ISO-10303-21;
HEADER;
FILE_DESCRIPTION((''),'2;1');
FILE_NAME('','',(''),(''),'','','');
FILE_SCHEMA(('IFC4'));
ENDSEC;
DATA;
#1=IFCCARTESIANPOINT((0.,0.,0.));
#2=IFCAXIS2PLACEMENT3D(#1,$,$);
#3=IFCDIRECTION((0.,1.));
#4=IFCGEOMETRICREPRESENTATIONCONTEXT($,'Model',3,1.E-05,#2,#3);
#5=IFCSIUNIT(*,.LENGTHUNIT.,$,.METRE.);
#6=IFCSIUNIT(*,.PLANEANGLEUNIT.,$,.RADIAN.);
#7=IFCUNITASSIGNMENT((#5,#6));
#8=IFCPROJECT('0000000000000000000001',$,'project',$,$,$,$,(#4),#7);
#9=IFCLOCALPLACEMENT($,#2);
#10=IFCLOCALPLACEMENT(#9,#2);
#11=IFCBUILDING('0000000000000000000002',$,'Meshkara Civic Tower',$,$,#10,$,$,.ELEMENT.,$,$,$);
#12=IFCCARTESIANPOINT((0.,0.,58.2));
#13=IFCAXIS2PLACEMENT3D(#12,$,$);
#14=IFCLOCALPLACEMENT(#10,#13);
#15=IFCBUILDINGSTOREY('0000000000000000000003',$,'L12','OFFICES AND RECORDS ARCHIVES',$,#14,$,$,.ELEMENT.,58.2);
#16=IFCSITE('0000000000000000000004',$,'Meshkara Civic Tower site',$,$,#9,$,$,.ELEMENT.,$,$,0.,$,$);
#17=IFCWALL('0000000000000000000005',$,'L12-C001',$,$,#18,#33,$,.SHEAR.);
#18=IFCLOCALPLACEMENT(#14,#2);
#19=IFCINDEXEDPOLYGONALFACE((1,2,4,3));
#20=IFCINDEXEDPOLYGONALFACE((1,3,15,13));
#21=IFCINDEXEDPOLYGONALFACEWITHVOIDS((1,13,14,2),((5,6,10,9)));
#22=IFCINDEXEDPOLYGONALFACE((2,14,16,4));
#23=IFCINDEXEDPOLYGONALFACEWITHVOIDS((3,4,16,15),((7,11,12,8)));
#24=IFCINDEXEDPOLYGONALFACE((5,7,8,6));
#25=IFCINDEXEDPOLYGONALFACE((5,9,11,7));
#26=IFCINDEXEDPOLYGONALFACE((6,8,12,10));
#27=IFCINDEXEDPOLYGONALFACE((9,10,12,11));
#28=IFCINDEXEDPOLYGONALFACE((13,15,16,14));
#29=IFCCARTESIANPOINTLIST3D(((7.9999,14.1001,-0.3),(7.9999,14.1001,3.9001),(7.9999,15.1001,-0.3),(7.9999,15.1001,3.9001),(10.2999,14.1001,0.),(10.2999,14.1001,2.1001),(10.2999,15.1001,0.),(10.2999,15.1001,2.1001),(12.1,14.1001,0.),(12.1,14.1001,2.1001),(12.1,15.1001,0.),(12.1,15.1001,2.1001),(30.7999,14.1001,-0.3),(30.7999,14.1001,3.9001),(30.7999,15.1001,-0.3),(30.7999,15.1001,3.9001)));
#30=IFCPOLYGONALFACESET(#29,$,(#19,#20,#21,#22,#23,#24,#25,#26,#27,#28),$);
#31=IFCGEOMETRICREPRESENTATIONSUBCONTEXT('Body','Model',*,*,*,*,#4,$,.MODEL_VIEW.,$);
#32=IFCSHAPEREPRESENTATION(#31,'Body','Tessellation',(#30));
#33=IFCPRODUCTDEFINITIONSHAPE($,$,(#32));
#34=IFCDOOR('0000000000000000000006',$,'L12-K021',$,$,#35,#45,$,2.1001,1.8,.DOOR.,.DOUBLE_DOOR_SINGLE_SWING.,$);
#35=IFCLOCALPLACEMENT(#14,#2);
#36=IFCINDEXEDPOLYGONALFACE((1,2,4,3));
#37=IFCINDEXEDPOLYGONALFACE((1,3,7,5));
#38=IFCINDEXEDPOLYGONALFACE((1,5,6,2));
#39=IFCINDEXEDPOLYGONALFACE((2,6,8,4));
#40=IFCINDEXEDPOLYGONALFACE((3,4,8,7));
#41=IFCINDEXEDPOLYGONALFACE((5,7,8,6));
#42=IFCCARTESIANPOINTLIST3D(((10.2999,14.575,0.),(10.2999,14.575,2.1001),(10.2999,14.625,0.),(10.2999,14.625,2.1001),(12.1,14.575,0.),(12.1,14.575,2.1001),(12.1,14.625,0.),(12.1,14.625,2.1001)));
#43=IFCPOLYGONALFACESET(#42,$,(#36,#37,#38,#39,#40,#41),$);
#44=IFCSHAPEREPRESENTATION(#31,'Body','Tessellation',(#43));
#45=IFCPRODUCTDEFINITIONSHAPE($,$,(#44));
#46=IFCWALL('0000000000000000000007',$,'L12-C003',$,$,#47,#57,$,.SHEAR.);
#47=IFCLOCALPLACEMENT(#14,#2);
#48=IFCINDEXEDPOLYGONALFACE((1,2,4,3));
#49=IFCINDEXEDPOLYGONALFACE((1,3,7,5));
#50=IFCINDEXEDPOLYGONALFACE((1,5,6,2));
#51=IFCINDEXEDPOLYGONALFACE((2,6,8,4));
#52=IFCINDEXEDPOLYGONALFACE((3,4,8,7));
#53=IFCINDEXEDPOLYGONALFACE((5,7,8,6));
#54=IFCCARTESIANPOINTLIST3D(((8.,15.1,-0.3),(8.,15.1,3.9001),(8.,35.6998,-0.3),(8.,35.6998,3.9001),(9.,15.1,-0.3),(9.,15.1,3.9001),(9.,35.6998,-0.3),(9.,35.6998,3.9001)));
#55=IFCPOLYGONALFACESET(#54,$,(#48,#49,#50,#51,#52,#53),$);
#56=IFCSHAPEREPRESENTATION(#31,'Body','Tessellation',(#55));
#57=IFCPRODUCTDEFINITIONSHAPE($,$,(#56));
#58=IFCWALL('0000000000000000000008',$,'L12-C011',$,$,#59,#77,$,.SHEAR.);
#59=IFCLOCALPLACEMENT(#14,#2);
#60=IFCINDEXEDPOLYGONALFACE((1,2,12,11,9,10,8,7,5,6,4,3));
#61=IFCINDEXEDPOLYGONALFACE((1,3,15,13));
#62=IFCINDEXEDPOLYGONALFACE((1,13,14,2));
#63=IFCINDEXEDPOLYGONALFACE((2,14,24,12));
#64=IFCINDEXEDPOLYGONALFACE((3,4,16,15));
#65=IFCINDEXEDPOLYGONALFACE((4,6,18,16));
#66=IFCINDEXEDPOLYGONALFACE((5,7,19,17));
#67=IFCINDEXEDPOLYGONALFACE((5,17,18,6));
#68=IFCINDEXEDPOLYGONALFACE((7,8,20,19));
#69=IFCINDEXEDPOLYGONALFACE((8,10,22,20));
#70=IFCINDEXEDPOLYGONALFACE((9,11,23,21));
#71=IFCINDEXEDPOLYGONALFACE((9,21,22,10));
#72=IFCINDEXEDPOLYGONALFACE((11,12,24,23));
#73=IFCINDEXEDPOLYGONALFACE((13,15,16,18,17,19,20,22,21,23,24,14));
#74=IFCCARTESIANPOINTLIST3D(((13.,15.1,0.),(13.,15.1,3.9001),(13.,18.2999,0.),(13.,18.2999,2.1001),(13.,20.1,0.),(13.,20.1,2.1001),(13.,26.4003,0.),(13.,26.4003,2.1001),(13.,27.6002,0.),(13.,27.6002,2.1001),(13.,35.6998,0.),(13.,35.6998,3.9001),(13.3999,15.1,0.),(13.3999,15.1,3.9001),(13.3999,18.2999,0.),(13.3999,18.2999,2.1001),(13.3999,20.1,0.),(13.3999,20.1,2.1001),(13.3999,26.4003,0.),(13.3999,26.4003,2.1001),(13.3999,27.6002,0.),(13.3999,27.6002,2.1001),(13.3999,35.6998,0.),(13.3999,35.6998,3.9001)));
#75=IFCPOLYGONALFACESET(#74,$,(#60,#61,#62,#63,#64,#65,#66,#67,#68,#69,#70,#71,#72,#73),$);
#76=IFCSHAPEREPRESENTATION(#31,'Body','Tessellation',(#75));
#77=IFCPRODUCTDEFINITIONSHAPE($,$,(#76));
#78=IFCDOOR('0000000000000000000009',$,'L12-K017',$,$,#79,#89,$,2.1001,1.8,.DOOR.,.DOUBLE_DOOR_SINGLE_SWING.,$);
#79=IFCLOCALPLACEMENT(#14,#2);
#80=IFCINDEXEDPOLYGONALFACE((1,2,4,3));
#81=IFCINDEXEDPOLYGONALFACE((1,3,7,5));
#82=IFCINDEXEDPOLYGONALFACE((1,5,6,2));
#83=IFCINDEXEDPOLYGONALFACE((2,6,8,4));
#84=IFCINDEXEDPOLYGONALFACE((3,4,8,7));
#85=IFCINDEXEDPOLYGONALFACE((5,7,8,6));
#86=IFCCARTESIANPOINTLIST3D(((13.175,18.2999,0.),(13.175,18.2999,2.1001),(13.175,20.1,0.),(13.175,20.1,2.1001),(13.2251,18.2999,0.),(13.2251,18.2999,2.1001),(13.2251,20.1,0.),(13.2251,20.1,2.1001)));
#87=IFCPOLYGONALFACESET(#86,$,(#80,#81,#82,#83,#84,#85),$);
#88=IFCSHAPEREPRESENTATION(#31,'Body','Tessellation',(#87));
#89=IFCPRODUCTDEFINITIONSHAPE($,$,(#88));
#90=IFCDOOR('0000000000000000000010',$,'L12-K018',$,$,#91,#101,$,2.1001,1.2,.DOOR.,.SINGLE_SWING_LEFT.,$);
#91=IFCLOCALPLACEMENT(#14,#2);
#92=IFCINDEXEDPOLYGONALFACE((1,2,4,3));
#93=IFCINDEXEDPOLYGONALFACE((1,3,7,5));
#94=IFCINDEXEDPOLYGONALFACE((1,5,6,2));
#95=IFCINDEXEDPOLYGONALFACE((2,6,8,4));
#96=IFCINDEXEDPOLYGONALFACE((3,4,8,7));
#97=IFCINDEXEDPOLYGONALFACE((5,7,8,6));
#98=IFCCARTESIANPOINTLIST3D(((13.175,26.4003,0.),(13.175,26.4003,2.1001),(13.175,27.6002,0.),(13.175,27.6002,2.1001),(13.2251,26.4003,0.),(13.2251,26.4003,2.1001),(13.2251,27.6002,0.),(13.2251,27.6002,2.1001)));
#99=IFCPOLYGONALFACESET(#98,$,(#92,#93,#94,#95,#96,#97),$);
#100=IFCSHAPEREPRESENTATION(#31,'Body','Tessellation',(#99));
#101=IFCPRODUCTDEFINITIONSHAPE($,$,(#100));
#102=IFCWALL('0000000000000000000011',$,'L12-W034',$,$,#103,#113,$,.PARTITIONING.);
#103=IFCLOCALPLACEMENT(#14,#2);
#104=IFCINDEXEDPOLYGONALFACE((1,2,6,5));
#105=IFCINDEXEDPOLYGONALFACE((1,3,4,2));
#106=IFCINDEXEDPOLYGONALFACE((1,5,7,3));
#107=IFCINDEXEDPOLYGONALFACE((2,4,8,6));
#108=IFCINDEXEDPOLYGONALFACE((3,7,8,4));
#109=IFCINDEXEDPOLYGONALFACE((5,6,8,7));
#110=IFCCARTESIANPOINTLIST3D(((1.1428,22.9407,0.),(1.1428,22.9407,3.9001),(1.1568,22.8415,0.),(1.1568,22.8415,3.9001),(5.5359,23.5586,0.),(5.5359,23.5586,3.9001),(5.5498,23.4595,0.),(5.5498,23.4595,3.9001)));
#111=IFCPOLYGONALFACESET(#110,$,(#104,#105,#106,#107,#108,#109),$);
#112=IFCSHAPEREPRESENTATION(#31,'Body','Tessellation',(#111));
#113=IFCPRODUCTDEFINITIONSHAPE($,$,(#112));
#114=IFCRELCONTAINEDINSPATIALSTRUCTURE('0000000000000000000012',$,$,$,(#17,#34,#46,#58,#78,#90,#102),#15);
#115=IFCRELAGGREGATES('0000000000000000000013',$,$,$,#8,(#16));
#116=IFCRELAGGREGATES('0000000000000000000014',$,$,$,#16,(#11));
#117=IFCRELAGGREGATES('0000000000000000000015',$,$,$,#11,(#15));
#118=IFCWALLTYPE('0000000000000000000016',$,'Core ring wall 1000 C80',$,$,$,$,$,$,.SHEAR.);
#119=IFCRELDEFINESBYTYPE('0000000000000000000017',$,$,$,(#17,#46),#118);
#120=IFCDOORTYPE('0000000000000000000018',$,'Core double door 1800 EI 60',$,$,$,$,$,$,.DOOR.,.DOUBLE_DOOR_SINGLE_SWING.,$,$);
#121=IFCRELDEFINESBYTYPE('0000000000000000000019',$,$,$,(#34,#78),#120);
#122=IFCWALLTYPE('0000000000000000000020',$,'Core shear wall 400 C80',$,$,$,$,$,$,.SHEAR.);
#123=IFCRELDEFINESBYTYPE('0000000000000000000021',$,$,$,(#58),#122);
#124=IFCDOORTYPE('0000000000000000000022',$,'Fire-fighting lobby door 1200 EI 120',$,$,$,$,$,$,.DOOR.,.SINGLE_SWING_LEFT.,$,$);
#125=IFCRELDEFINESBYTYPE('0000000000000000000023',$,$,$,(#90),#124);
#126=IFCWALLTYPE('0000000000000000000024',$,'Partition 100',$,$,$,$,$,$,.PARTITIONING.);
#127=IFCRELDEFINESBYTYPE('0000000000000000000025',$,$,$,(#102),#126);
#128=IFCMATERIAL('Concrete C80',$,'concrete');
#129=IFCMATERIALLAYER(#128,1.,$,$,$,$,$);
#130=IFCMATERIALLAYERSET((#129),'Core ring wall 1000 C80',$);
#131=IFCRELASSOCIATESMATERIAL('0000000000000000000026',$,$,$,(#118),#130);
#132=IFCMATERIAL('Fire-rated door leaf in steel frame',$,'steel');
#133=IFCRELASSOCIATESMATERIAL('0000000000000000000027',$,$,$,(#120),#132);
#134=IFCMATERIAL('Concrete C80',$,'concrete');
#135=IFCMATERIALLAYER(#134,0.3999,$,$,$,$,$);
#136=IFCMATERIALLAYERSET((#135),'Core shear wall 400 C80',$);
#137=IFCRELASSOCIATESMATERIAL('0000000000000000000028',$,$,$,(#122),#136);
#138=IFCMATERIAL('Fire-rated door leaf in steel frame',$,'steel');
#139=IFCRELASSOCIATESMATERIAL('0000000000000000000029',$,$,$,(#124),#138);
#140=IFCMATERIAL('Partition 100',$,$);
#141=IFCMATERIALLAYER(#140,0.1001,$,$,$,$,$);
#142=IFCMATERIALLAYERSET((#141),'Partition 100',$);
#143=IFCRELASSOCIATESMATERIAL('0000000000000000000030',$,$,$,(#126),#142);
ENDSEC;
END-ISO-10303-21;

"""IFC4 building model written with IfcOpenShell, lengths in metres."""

from ifc_helpers import new_model, si_unit, direction, frame, frame_2d, origin, place, context, subcontext, project, spatial, rectangle, extrude, material, layer, layer_set, type_object, element, fill, save


model = new_model("IFC4")

# Units and contexts
model_context = context("Model", 3, precision=1e-05, world=origin(), true_north=direction((0.0, 1.0)))
body_context = subcontext(model_context, "Body", "Model", "MODEL_VIEW")
ifc_project = project(units=[si_unit("LENGTHUNIT", "METRE"), si_unit("PLANEANGLEUNIT", "RADIAN")], contexts=[model_context])

# Site, building, storey
site_placement = place(None, origin())
site = spatial("IfcSite", under=ifc_project, at=site_placement, Name="Meshkara Civic Tower site", CompositionType="ELEMENT", RefElevation=0.0)
building_placement = place(site_placement, origin())
building = spatial("IfcBuilding", under=site, at=building_placement, Name="Meshkara Civic Tower", CompositionType="ELEMENT")
storey_placement = place(building_placement, frame((0.0, 0.0, 58.2)))
storey = spatial("IfcBuildingStorey", under=building, at=storey_placement, Name="L12", Description="OFFICES AND RECORDS ARCHIVES", CompositionType="ELEMENT", Elevation=58.2)

# Wall, opening, door
ifc_material_1 = material(Name="Concrete C80", Category="concrete")
ifc_layer_1 = layer(ifc_material_1, 1.0)
ifc_layer_set_1 = layer_set([ifc_layer_1], Name="Core ring wall 1000 C80")
wall_type_1 = type_object("IfcWallType", Name="Core ring wall 1000 C80", PredefinedType="SHEAR", material=ifc_layer_set_1)
wall_1_placement = place(storey_placement, frame((8.0, 14.6001, -0.3), z_axis=(0.0, 0.0, 1.0), x_axis=(1.0, 0.0, 0.0)))
wall_1 = element("IfcWall", 1, at=wall_1_placement, inside=storey, type_object=wall_type_1, Name="L12-C001", PredefinedType="SHEAR", context=body_context, shape_type="SweptSolid", body=[
    extrude(rectangle(XDim=22.8, YDim=1.0, at=frame_2d((11.3999, 0.0))), origin(), (0.0, 0.0, 1.0), 4.2002),
])
opening_1_placement = place(wall_1_placement, frame((2.3, 0.0, 0.3)))
opening_1 = element("IfcOpeningElement", 2, at=opening_1_placement, cuts=wall_1, PredefinedType="OPENING", context=body_context, shape_type="SweptSolid", body=[
    extrude(rectangle(XDim=1.8, YDim=2.1001, at=frame_2d((0.8999, 1.05))), frame((0.0, 0.51, 0.0), z_axis=(0.0, -1.0, 0.0), x_axis=(1.0, 0.0, 0.0)), (0.0, 0.0, 1.0), 1.02),
])
ifc_material_2 = material(Name="Fire-rated door leaf in steel frame", Category="steel")
door_type_1 = type_object("IfcDoorType", Name="Core double door 1800 EI 60", OperationType="DOUBLE_DOOR_SINGLE_SWING", PredefinedType="DOOR", material=ifc_material_2)
door_1_placement = place(opening_1_placement, origin())
door_1 = element("IfcDoor", 3, at=door_1_placement, inside=storey, type_object=door_type_1, Name="L12-K021", OperationType="DOUBLE_DOOR_SINGLE_SWING", OverallHeight=2.1001, OverallWidth=1.8, PredefinedType="DOOR", context=body_context, shape_type="SweptSolid", body=[
    extrude(rectangle(XDim=1.8, YDim=2.1001, at=frame_2d((0.8999, 1.05))), frame((0.0, 0.0249, 0.0), z_axis=(0.0, -1.0, 0.0), x_axis=(1.0, 0.0, 0.0)), (0.0, 0.0, 1.0), 0.05),
])
fill(opening_1, door_1)

# Wall
wall_2_placement = place(storey_placement, frame((8.5, 15.1001, -0.3), z_axis=(0.0, 0.0, 1.0), x_axis=(0.0, 1.0, 0.0)))
element("IfcWall", 4, at=wall_2_placement, inside=storey, type_object=wall_type_1, Name="L12-C003", PredefinedType="SHEAR", context=body_context, shape_type="SweptSolid", body=[
    extrude(rectangle(XDim=20.5999, YDim=1.0, at=frame_2d((10.2998, 0.0))), origin(), (0.0, 0.0, 1.0), 4.2002),
])

# Wall, openings, doors
ifc_material_3 = material(Name="Concrete C80", Category="concrete")
ifc_layer_2 = layer(ifc_material_3, 0.3999)
ifc_layer_set_2 = layer_set([ifc_layer_2], Name="Core shear wall 400 C80")
wall_type_2 = type_object("IfcWallType", Name="Core shear wall 400 C80", PredefinedType="SHEAR", material=ifc_layer_set_2)
wall_3_placement = place(storey_placement, frame((13.2, 15.1001, 0.0), z_axis=(0.0, 0.0, 1.0), x_axis=(0.0, 1.0, 0.0)))
wall_3 = element("IfcWall", 5, at=wall_3_placement, inside=storey, type_object=wall_type_2, Name="L12-C011", PredefinedType="SHEAR", context=body_context, shape_type="SweptSolid", body=[
    extrude(rectangle(XDim=20.5999, YDim=0.3999, at=frame_2d((10.2998, 0.0))), origin(), (0.0, 0.0, 1.0), 3.9001),
])
opening_2_placement = place(wall_3_placement, frame((3.2, 0.0, 0.0)))
opening_2 = element("IfcOpeningElement", 6, at=opening_2_placement, cuts=wall_3, PredefinedType="OPENING", context=body_context, shape_type="SweptSolid", body=[
    extrude(rectangle(XDim=1.8, YDim=2.1001, at=frame_2d((0.8999, 1.05))), frame((0.0, 0.21, 0.0), z_axis=(0.0, -1.0, 0.0), x_axis=(1.0, 0.0, 0.0)), (0.0, 0.0, 1.0), 0.4199),
])
opening_3_placement = place(wall_3_placement, frame((11.3, 0.0, 0.0)))
opening_3 = element("IfcOpeningElement", 7, at=opening_3_placement, cuts=wall_3, PredefinedType="OPENING", context=body_context, shape_type="SweptSolid", body=[
    extrude(rectangle(XDim=1.2, YDim=2.1001, at=frame_2d((0.6001, 1.05))), frame((0.0, 0.21, 0.0), z_axis=(0.0, -1.0, 0.0), x_axis=(1.0, 0.0, 0.0)), (0.0, 0.0, 1.0), 0.4199),
])
door_2_placement = place(opening_2_placement, origin())
door_2 = element("IfcDoor", 8, at=door_2_placement, inside=storey, type_object=door_type_1, Name="L12-K017", OperationType="DOUBLE_DOOR_SINGLE_SWING", OverallHeight=2.1001, OverallWidth=1.8, PredefinedType="DOOR", context=body_context, shape_type="SweptSolid", body=[
    extrude(rectangle(XDim=1.8, YDim=2.1001, at=frame_2d((0.8999, 1.05))), frame((0.0, 0.0249, 0.0), z_axis=(0.0, -1.0, 0.0), x_axis=(1.0, 0.0, 0.0)), (0.0, 0.0, 1.0), 0.05),
])
fill(opening_2, door_2)
ifc_material_4 = material(Name="Fire-rated door leaf in steel frame", Category="steel")
door_type_2 = type_object("IfcDoorType", Name="Fire-fighting lobby door 1200 EI 120", OperationType="SINGLE_SWING_LEFT", PredefinedType="DOOR", material=ifc_material_4)
door_3_placement = place(opening_3_placement, origin())
door_3 = element("IfcDoor", 9, at=door_3_placement, inside=storey, type_object=door_type_2, Name="L12-K018", OperationType="SINGLE_SWING_LEFT", OverallHeight=2.1001, OverallWidth=1.2, PredefinedType="DOOR", context=body_context, shape_type="SweptSolid", body=[
    extrude(rectangle(XDim=1.2, YDim=2.1001, at=frame_2d((0.6001, 1.05))), frame((0.0, 0.0249, 0.0), z_axis=(0.0, -1.0, 0.0), x_axis=(1.0, 0.0, 0.0)), (0.0, 0.0, 1.0), 0.05),
])
fill(opening_3, door_3)

# Wall
ifc_material_5 = material(Name="Partition 100")
ifc_layer_3 = layer(ifc_material_5, 0.1001)
ifc_layer_set_3 = layer_set([ifc_layer_3], Name="Partition 100")
wall_type_3 = type_object("IfcWallType", Name="Partition 100", PredefinedType="PARTITIONING", material=ifc_layer_set_3)
wall_4_placement = place(storey_placement, frame((5.543, 23.509, 0.0), z_axis=(0.0, 0.0, 1.0), x_axis=(-0.990252, -0.139287, 0.0)))
element("IfcWall", 10, at=wall_4_placement, inside=storey, type_object=wall_type_3, Name="L12-W034", PredefinedType="PARTITIONING", context=body_context, shape_type="SweptSolid", body=[
    extrude(rectangle(XDim=4.4363, YDim=0.1001, at=frame_2d((2.2183, 0.0))), origin(), (0.0, 0.0, 1.0), 3.9001),
])

save(model, "model.ifc")
